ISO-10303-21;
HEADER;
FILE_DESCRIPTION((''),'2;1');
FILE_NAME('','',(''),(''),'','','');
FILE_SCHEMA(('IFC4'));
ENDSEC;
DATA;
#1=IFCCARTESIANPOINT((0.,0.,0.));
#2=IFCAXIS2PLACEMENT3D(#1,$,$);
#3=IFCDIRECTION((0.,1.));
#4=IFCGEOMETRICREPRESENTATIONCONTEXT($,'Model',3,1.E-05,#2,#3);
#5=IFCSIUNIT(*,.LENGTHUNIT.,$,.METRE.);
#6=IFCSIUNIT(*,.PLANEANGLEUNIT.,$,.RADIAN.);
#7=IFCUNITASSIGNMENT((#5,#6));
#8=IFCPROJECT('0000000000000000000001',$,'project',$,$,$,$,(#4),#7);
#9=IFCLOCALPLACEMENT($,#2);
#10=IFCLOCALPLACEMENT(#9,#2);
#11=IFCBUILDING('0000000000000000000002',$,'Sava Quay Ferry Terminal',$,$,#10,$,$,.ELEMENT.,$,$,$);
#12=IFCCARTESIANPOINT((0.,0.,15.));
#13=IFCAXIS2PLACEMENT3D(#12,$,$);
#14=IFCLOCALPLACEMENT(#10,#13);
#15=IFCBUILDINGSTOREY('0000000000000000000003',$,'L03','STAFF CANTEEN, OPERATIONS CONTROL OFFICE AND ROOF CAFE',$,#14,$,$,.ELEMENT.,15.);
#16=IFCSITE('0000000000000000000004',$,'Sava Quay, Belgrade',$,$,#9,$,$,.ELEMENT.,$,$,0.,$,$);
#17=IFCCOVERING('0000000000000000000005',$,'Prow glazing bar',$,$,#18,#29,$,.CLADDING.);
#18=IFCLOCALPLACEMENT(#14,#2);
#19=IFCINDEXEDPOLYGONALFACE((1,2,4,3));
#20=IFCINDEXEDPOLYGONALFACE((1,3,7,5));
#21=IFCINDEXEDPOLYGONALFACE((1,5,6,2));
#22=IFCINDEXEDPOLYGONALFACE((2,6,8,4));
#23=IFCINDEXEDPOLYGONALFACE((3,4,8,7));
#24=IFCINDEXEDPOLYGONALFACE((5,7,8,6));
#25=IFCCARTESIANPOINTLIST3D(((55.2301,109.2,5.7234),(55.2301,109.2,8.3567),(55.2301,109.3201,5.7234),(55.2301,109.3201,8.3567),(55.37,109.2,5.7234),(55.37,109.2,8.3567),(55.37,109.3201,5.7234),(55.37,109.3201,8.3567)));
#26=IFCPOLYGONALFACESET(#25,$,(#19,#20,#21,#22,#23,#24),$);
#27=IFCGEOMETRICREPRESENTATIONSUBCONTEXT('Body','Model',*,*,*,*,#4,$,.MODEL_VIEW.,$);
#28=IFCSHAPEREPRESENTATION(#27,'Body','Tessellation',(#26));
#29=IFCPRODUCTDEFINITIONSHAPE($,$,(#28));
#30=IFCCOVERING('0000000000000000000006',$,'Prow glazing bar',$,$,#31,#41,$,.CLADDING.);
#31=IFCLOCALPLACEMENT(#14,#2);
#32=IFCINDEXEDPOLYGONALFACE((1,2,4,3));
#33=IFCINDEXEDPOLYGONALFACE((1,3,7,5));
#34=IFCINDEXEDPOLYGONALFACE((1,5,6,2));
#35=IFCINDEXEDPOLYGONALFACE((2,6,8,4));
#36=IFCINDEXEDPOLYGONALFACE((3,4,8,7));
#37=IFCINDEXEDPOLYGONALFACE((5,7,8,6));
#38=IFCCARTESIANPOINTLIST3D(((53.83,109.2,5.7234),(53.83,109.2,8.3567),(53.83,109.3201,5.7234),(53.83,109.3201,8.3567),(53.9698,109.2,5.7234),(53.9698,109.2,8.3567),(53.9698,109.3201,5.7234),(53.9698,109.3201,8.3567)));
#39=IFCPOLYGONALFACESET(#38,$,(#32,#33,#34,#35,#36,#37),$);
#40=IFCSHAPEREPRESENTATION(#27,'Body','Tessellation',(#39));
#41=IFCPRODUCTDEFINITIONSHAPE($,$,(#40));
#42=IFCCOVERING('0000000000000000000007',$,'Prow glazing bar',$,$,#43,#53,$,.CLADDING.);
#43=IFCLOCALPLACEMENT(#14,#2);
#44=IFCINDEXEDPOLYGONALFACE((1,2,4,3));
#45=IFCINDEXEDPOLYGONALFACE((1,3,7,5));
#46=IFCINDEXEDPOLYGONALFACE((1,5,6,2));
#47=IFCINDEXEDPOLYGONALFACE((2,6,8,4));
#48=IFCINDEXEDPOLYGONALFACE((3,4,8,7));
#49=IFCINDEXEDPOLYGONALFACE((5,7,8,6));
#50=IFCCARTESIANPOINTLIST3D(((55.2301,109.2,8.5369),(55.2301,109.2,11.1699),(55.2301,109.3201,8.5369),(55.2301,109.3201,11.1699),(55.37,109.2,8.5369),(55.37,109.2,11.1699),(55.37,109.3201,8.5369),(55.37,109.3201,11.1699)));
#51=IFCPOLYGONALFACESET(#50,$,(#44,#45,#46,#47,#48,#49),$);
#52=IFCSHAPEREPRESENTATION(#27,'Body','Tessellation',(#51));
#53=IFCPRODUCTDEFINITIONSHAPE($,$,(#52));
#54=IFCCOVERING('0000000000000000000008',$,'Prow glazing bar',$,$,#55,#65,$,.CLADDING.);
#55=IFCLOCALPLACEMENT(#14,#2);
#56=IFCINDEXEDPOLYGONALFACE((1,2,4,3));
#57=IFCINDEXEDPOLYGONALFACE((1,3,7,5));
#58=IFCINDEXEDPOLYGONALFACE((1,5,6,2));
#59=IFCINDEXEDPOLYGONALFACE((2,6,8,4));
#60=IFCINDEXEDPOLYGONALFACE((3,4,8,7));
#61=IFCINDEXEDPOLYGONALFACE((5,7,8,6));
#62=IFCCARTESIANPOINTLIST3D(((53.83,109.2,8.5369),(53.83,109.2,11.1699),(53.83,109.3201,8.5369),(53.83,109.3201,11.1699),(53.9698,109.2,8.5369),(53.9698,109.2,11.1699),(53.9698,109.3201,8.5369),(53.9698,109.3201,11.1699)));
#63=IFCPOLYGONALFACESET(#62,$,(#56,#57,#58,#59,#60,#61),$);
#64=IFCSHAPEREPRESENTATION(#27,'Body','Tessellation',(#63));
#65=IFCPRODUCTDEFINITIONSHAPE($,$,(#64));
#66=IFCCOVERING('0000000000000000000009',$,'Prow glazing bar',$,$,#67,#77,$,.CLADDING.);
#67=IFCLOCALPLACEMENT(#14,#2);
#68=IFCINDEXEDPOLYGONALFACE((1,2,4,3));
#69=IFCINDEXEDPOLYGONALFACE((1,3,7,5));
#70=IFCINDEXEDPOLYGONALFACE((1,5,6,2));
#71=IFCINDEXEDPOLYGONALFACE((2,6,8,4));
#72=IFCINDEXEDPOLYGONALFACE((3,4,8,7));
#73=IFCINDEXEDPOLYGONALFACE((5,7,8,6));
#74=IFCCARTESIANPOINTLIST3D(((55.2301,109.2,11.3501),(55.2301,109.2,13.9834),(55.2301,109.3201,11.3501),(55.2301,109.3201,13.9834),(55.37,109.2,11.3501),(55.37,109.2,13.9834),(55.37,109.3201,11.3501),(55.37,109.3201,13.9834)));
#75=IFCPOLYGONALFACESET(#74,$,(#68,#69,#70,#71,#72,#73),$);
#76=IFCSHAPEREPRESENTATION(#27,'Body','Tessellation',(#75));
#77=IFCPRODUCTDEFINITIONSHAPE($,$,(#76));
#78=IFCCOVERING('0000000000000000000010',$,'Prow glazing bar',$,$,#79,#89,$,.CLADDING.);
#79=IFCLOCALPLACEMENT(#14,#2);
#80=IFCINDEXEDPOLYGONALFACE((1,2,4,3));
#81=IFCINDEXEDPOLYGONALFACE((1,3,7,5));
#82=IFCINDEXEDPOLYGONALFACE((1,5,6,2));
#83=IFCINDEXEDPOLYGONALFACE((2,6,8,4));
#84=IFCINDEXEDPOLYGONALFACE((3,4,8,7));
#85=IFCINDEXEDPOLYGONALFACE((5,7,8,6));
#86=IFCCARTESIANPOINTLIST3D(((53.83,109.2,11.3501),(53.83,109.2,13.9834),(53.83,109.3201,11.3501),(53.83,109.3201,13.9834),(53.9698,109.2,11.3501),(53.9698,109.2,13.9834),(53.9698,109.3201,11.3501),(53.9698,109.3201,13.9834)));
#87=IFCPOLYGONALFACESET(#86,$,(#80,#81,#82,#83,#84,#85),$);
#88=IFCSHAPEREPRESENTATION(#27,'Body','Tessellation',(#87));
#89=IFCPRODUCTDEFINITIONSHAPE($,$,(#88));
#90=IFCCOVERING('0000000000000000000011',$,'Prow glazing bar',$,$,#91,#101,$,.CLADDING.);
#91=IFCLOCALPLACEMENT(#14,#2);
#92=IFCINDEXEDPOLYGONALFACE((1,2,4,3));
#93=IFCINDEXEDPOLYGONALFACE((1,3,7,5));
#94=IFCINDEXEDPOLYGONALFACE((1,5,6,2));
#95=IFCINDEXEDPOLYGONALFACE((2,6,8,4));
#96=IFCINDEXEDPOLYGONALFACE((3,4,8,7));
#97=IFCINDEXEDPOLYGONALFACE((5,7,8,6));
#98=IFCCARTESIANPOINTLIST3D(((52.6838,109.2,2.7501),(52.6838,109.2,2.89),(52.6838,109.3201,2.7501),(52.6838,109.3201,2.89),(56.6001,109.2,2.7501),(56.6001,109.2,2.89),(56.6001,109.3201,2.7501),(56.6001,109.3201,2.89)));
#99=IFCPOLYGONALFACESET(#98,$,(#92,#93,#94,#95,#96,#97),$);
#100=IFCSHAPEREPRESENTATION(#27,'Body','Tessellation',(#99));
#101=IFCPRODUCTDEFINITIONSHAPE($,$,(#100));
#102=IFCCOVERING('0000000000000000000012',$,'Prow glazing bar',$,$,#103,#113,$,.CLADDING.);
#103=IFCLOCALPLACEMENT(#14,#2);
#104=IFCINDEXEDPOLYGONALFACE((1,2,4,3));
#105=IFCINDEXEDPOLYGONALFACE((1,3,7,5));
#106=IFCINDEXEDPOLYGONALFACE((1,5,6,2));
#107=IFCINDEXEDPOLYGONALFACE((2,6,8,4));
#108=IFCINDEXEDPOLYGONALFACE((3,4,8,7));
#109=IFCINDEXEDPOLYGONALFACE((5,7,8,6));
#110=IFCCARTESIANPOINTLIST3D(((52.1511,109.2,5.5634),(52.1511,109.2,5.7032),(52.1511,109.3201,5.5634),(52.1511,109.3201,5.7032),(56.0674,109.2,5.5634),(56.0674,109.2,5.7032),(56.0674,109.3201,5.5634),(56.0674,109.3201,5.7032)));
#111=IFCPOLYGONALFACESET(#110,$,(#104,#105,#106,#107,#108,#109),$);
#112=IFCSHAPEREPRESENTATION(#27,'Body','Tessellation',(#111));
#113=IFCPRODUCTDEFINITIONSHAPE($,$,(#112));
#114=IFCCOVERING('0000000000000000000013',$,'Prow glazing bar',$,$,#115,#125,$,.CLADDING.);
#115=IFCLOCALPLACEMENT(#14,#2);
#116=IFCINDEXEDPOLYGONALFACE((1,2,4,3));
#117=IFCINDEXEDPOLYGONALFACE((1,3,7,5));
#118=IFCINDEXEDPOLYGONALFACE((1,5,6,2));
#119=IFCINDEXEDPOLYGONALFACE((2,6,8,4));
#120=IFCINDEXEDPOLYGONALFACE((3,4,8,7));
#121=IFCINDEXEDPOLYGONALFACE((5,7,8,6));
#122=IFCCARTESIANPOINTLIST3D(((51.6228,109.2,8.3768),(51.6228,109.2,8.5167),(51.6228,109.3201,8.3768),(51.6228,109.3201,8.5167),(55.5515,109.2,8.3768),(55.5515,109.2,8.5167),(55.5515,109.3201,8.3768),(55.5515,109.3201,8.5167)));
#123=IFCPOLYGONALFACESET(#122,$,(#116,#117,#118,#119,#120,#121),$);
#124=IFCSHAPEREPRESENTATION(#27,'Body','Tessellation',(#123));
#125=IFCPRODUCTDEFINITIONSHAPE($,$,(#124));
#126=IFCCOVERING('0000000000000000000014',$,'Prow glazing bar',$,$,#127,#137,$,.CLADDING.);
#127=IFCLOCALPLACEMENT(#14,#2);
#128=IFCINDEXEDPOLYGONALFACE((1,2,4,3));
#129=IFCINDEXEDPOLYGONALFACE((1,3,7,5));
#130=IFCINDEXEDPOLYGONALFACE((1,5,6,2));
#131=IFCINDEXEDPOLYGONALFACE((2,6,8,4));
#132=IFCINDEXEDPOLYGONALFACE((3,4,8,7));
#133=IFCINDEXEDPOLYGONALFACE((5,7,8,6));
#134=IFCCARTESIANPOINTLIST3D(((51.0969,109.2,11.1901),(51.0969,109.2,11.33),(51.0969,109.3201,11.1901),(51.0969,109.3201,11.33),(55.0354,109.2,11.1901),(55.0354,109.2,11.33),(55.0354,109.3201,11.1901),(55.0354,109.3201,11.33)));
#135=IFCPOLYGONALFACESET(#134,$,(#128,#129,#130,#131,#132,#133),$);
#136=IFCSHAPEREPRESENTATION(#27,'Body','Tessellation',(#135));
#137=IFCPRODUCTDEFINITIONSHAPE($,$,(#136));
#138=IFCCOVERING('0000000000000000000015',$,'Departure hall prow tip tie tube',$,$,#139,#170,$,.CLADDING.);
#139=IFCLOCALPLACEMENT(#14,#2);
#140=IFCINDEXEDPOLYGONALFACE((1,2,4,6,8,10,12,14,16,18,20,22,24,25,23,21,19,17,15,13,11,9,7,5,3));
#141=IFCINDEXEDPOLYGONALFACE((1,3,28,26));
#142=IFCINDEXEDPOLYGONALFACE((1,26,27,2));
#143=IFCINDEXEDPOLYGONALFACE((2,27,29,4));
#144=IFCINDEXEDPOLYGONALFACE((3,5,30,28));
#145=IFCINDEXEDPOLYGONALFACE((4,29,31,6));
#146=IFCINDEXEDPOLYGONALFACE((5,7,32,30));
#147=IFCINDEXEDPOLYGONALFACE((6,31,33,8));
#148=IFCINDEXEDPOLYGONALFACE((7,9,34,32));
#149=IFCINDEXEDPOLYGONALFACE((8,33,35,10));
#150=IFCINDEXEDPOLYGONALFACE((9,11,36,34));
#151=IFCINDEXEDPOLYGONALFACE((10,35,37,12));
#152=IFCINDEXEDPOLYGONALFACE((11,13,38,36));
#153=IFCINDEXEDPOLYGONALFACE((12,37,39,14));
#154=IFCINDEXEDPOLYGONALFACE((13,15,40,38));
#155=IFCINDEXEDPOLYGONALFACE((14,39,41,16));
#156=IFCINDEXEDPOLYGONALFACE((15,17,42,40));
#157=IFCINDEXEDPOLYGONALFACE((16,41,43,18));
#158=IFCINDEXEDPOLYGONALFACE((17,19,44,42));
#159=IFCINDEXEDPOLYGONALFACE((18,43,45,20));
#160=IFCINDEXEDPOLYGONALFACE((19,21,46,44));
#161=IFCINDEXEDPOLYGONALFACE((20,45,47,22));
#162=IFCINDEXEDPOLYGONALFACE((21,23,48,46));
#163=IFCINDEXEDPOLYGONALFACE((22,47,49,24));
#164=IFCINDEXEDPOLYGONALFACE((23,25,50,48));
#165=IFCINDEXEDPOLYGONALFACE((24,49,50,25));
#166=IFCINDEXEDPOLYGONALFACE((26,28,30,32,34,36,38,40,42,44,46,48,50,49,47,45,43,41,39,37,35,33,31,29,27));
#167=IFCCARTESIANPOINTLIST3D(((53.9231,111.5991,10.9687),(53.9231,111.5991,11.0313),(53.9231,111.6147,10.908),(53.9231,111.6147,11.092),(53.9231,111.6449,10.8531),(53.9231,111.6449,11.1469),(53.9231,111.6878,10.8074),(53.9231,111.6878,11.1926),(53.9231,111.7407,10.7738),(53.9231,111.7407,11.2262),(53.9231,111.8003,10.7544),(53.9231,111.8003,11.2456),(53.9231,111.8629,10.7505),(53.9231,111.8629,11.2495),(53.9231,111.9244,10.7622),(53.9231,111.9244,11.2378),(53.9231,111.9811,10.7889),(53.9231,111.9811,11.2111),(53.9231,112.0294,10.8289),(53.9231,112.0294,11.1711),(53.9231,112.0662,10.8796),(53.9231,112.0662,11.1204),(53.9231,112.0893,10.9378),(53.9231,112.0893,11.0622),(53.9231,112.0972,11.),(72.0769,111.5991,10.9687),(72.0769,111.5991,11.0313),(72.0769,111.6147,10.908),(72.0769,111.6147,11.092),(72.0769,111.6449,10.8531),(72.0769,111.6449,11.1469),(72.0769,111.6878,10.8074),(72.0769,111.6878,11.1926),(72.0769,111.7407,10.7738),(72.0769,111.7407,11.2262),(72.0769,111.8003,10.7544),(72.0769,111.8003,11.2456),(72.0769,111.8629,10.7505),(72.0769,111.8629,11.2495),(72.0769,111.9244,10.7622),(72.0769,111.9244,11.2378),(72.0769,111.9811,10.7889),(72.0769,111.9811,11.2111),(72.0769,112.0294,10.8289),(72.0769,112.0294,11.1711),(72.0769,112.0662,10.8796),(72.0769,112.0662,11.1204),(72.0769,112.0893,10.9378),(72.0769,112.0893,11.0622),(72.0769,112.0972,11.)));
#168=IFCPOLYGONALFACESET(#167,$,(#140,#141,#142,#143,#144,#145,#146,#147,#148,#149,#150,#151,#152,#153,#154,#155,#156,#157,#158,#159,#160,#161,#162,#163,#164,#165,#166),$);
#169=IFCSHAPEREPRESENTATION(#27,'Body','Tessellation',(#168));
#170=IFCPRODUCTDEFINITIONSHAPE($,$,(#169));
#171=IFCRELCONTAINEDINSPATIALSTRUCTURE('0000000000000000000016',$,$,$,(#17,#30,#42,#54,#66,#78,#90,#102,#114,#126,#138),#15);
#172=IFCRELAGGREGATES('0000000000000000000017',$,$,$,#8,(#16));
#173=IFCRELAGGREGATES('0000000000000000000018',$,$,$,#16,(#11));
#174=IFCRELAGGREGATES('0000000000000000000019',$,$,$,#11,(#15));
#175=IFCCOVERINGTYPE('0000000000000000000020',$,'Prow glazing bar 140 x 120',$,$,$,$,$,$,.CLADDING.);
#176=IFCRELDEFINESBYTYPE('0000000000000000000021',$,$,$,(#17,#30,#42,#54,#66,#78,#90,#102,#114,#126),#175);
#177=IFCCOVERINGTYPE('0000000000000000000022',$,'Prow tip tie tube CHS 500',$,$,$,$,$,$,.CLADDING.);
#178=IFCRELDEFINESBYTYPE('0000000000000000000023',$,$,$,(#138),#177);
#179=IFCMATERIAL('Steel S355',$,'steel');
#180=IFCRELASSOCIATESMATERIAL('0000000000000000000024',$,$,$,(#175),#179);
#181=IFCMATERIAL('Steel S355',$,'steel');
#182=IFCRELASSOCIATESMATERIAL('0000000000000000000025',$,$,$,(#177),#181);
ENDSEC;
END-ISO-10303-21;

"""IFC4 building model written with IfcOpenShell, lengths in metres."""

from ifc_helpers import new_model, si_unit, direction, frame, origin, origin_2d, place, context, subcontext, project, spatial, rectangle, circle, extrude, material, material_profile, profile_set, type_object, element, save


model = new_model("IFC4")

# Units and contexts
model_context = context("Model", 3, precision=1e-05, world=origin(), true_north=direction((0.0, 1.0)))
body_context = subcontext(model_context, "Body", "Model", "MODEL_VIEW")
ifc_project = project(units=[si_unit("LENGTHUNIT", "METRE"), si_unit("PLANEANGLEUNIT", "RADIAN")], contexts=[model_context])

# Site, building, storey
site_placement = place(None, origin())
site = spatial("IfcSite", under=ifc_project, at=site_placement, Name="Sava Quay, Belgrade", CompositionType="ELEMENT", RefElevation=0.0)
building_placement = place(site_placement, origin())
building = spatial("IfcBuilding", under=site, at=building_placement, Name="Sava Quay Ferry Terminal", CompositionType="ELEMENT")
storey_placement = place(building_placement, frame((0.0, 0.0, 15.0)))
storey = spatial("IfcBuildingStorey", under=building, at=storey_placement, Name="L03", Description="STAFF CANTEEN, OPERATIONS CONTROL OFFICE AND ROOF CAFE", CompositionType="ELEMENT", Elevation=15.0)

# Coverings
ifc_material_1 = material(Name="Steel S355", Category="steel")
ifc_material_profile_1 = material_profile(ifc_material_1, rectangle(XDim=0.1399, YDim=0.1201, at=origin_2d()), Name="Strip 140 x 120")
ifc_profile_set_1 = profile_set([ifc_material_profile_1], Name="Steel S355")
covering_type_1 = type_object("IfcCoveringType", Name="Prow glazing bar 140 x 120", PredefinedType="CLADDING", material=ifc_profile_set_1)
for number, where, z_axis, x_axis, name in (
    (1, (55.3, 109.26, 5.7234), (0.0, 0.0, 1.0), (1.0, 0.0, 0.0), "Prow glazing bar"),
    (2, (53.8999, 109.26, 5.7234), (0.0, 0.0, 1.0), (1.0, 0.0, 0.0), "Prow glazing bar"),
):
    element("IfcCovering", number, at=place(storey_placement, frame(where, z_axis=z_axis, x_axis=x_axis)), inside=storey, type_object=covering_type_1, Name=name, PredefinedType="CLADDING", context=body_context, shape_type="SweptSolid", body=[
        extrude(rectangle(XDim=0.1399, YDim=0.1201, at=origin_2d()), origin(), (0.0, 0.0, 1.0), 2.6333),
    ])
for number, where, z_axis, x_axis, name in (
    (3, (55.3, 109.26, 8.5369), (0.0, 0.0, 1.0), (1.0, 0.0, 0.0), "Prow glazing bar"),
    (4, (53.8999, 109.26, 8.5369), (0.0, 0.0, 1.0), (1.0, 0.0, 0.0), "Prow glazing bar"),
):
    element("IfcCovering", number, at=place(storey_placement, frame(where, z_axis=z_axis, x_axis=x_axis)), inside=storey, type_object=covering_type_1, Name=name, PredefinedType="CLADDING", context=body_context, shape_type="SweptSolid", body=[
        extrude(rectangle(XDim=0.1399, YDim=0.1201, at=origin_2d()), origin(), (0.0, 0.0, 1.0), 2.6331),
    ])
for number, where, z_axis, x_axis, name in (
    (5, (55.3, 109.26, 11.3501), (0.0, 0.0, 1.0), (1.0, 0.0, 0.0), "Prow glazing bar"),
    (6, (53.8999, 109.26, 11.3501), (0.0, 0.0, 1.0), (1.0, 0.0, 0.0), "Prow glazing bar"),
):
    element("IfcCovering", number, at=place(storey_placement, frame(where, z_axis=z_axis, x_axis=x_axis)), inside=storey, type_object=covering_type_1, Name=name, PredefinedType="CLADDING", context=body_context, shape_type="SweptSolid", body=[
        extrude(rectangle(XDim=0.1399, YDim=0.1201, at=origin_2d()), origin(), (0.0, 0.0, 1.0), 2.6333),
    ])
for number, where, z_axis, x_axis, name in (
    (7, (56.6001, 109.26, 2.8201), (-1.0, 0.0, 0.0), (0.0, 0.0, 1.0), "Prow glazing bar"),
    (8, (56.0674, 109.26, 5.6333), (-1.0, 0.0, 0.0), (0.0, 0.0, 1.0), "Prow glazing bar"),
):
    element("IfcCovering", number, at=place(storey_placement, frame(where, z_axis=z_axis, x_axis=x_axis)), inside=storey, type_object=covering_type_1, Name=name, PredefinedType="CLADDING", context=body_context, shape_type="SweptSolid", body=[
        extrude(rectangle(XDim=0.1399, YDim=0.1201, at=origin_2d()), origin(), (0.0, 0.0, 1.0), 3.9163),
    ])
covering_1_placement = place(storey_placement, frame((55.5515, 109.26, 8.4468), z_axis=(-1.0, 0.0, 0.0), x_axis=(0.0, 0.0, 1.0)))
element("IfcCovering", 9, at=covering_1_placement, inside=storey, type_object=covering_type_1, Name="Prow glazing bar", PredefinedType="CLADDING", context=body_context, shape_type="SweptSolid", body=[
    extrude(rectangle(XDim=0.1399, YDim=0.1201, at=origin_2d()), origin(), (0.0, 0.0, 1.0), 3.9287),
])
covering_2_placement = place(storey_placement, frame((55.0354, 109.26, 11.26), z_axis=(-1.0, 0.0, 0.0), x_axis=(0.0, 0.0, 1.0)))
element("IfcCovering", 10, at=covering_2_placement, inside=storey, type_object=covering_type_1, Name="Prow glazing bar", PredefinedType="CLADDING", context=body_context, shape_type="SweptSolid", body=[
    extrude(rectangle(XDim=0.1399, YDim=0.1201, at=origin_2d()), origin(), (0.0, 0.0, 1.0), 3.9385),
])
ifc_material_2 = material(Name="Steel S355", Category="steel")
ifc_material_profile_2 = material_profile(ifc_material_2, circle(Radius=0.25, at=origin_2d()), Name="Tie 500")
ifc_profile_set_2 = profile_set([ifc_material_profile_2], Name="Steel S355")
covering_type_2 = type_object("IfcCoveringType", Name="Prow tip tie tube CHS 500", PredefinedType="CLADDING", material=ifc_profile_set_2)
covering_3_placement = place(storey_placement, frame((53.9231, 111.8472, 11.0), z_axis=(1.0, 0.0, 0.0), x_axis=(0.0, 1.0, 0.0)))
element("IfcCovering", 11, at=covering_3_placement, inside=storey, type_object=covering_type_2, Name="Departure hall prow tip tie tube", PredefinedType="CLADDING", context=body_context, shape_type="SweptSolid", body=[
    extrude(circle(Radius=0.25, at=origin_2d()), origin(), (0.0, 0.0, 1.0), 18.1538),
])

save(model, "model.ifc")
